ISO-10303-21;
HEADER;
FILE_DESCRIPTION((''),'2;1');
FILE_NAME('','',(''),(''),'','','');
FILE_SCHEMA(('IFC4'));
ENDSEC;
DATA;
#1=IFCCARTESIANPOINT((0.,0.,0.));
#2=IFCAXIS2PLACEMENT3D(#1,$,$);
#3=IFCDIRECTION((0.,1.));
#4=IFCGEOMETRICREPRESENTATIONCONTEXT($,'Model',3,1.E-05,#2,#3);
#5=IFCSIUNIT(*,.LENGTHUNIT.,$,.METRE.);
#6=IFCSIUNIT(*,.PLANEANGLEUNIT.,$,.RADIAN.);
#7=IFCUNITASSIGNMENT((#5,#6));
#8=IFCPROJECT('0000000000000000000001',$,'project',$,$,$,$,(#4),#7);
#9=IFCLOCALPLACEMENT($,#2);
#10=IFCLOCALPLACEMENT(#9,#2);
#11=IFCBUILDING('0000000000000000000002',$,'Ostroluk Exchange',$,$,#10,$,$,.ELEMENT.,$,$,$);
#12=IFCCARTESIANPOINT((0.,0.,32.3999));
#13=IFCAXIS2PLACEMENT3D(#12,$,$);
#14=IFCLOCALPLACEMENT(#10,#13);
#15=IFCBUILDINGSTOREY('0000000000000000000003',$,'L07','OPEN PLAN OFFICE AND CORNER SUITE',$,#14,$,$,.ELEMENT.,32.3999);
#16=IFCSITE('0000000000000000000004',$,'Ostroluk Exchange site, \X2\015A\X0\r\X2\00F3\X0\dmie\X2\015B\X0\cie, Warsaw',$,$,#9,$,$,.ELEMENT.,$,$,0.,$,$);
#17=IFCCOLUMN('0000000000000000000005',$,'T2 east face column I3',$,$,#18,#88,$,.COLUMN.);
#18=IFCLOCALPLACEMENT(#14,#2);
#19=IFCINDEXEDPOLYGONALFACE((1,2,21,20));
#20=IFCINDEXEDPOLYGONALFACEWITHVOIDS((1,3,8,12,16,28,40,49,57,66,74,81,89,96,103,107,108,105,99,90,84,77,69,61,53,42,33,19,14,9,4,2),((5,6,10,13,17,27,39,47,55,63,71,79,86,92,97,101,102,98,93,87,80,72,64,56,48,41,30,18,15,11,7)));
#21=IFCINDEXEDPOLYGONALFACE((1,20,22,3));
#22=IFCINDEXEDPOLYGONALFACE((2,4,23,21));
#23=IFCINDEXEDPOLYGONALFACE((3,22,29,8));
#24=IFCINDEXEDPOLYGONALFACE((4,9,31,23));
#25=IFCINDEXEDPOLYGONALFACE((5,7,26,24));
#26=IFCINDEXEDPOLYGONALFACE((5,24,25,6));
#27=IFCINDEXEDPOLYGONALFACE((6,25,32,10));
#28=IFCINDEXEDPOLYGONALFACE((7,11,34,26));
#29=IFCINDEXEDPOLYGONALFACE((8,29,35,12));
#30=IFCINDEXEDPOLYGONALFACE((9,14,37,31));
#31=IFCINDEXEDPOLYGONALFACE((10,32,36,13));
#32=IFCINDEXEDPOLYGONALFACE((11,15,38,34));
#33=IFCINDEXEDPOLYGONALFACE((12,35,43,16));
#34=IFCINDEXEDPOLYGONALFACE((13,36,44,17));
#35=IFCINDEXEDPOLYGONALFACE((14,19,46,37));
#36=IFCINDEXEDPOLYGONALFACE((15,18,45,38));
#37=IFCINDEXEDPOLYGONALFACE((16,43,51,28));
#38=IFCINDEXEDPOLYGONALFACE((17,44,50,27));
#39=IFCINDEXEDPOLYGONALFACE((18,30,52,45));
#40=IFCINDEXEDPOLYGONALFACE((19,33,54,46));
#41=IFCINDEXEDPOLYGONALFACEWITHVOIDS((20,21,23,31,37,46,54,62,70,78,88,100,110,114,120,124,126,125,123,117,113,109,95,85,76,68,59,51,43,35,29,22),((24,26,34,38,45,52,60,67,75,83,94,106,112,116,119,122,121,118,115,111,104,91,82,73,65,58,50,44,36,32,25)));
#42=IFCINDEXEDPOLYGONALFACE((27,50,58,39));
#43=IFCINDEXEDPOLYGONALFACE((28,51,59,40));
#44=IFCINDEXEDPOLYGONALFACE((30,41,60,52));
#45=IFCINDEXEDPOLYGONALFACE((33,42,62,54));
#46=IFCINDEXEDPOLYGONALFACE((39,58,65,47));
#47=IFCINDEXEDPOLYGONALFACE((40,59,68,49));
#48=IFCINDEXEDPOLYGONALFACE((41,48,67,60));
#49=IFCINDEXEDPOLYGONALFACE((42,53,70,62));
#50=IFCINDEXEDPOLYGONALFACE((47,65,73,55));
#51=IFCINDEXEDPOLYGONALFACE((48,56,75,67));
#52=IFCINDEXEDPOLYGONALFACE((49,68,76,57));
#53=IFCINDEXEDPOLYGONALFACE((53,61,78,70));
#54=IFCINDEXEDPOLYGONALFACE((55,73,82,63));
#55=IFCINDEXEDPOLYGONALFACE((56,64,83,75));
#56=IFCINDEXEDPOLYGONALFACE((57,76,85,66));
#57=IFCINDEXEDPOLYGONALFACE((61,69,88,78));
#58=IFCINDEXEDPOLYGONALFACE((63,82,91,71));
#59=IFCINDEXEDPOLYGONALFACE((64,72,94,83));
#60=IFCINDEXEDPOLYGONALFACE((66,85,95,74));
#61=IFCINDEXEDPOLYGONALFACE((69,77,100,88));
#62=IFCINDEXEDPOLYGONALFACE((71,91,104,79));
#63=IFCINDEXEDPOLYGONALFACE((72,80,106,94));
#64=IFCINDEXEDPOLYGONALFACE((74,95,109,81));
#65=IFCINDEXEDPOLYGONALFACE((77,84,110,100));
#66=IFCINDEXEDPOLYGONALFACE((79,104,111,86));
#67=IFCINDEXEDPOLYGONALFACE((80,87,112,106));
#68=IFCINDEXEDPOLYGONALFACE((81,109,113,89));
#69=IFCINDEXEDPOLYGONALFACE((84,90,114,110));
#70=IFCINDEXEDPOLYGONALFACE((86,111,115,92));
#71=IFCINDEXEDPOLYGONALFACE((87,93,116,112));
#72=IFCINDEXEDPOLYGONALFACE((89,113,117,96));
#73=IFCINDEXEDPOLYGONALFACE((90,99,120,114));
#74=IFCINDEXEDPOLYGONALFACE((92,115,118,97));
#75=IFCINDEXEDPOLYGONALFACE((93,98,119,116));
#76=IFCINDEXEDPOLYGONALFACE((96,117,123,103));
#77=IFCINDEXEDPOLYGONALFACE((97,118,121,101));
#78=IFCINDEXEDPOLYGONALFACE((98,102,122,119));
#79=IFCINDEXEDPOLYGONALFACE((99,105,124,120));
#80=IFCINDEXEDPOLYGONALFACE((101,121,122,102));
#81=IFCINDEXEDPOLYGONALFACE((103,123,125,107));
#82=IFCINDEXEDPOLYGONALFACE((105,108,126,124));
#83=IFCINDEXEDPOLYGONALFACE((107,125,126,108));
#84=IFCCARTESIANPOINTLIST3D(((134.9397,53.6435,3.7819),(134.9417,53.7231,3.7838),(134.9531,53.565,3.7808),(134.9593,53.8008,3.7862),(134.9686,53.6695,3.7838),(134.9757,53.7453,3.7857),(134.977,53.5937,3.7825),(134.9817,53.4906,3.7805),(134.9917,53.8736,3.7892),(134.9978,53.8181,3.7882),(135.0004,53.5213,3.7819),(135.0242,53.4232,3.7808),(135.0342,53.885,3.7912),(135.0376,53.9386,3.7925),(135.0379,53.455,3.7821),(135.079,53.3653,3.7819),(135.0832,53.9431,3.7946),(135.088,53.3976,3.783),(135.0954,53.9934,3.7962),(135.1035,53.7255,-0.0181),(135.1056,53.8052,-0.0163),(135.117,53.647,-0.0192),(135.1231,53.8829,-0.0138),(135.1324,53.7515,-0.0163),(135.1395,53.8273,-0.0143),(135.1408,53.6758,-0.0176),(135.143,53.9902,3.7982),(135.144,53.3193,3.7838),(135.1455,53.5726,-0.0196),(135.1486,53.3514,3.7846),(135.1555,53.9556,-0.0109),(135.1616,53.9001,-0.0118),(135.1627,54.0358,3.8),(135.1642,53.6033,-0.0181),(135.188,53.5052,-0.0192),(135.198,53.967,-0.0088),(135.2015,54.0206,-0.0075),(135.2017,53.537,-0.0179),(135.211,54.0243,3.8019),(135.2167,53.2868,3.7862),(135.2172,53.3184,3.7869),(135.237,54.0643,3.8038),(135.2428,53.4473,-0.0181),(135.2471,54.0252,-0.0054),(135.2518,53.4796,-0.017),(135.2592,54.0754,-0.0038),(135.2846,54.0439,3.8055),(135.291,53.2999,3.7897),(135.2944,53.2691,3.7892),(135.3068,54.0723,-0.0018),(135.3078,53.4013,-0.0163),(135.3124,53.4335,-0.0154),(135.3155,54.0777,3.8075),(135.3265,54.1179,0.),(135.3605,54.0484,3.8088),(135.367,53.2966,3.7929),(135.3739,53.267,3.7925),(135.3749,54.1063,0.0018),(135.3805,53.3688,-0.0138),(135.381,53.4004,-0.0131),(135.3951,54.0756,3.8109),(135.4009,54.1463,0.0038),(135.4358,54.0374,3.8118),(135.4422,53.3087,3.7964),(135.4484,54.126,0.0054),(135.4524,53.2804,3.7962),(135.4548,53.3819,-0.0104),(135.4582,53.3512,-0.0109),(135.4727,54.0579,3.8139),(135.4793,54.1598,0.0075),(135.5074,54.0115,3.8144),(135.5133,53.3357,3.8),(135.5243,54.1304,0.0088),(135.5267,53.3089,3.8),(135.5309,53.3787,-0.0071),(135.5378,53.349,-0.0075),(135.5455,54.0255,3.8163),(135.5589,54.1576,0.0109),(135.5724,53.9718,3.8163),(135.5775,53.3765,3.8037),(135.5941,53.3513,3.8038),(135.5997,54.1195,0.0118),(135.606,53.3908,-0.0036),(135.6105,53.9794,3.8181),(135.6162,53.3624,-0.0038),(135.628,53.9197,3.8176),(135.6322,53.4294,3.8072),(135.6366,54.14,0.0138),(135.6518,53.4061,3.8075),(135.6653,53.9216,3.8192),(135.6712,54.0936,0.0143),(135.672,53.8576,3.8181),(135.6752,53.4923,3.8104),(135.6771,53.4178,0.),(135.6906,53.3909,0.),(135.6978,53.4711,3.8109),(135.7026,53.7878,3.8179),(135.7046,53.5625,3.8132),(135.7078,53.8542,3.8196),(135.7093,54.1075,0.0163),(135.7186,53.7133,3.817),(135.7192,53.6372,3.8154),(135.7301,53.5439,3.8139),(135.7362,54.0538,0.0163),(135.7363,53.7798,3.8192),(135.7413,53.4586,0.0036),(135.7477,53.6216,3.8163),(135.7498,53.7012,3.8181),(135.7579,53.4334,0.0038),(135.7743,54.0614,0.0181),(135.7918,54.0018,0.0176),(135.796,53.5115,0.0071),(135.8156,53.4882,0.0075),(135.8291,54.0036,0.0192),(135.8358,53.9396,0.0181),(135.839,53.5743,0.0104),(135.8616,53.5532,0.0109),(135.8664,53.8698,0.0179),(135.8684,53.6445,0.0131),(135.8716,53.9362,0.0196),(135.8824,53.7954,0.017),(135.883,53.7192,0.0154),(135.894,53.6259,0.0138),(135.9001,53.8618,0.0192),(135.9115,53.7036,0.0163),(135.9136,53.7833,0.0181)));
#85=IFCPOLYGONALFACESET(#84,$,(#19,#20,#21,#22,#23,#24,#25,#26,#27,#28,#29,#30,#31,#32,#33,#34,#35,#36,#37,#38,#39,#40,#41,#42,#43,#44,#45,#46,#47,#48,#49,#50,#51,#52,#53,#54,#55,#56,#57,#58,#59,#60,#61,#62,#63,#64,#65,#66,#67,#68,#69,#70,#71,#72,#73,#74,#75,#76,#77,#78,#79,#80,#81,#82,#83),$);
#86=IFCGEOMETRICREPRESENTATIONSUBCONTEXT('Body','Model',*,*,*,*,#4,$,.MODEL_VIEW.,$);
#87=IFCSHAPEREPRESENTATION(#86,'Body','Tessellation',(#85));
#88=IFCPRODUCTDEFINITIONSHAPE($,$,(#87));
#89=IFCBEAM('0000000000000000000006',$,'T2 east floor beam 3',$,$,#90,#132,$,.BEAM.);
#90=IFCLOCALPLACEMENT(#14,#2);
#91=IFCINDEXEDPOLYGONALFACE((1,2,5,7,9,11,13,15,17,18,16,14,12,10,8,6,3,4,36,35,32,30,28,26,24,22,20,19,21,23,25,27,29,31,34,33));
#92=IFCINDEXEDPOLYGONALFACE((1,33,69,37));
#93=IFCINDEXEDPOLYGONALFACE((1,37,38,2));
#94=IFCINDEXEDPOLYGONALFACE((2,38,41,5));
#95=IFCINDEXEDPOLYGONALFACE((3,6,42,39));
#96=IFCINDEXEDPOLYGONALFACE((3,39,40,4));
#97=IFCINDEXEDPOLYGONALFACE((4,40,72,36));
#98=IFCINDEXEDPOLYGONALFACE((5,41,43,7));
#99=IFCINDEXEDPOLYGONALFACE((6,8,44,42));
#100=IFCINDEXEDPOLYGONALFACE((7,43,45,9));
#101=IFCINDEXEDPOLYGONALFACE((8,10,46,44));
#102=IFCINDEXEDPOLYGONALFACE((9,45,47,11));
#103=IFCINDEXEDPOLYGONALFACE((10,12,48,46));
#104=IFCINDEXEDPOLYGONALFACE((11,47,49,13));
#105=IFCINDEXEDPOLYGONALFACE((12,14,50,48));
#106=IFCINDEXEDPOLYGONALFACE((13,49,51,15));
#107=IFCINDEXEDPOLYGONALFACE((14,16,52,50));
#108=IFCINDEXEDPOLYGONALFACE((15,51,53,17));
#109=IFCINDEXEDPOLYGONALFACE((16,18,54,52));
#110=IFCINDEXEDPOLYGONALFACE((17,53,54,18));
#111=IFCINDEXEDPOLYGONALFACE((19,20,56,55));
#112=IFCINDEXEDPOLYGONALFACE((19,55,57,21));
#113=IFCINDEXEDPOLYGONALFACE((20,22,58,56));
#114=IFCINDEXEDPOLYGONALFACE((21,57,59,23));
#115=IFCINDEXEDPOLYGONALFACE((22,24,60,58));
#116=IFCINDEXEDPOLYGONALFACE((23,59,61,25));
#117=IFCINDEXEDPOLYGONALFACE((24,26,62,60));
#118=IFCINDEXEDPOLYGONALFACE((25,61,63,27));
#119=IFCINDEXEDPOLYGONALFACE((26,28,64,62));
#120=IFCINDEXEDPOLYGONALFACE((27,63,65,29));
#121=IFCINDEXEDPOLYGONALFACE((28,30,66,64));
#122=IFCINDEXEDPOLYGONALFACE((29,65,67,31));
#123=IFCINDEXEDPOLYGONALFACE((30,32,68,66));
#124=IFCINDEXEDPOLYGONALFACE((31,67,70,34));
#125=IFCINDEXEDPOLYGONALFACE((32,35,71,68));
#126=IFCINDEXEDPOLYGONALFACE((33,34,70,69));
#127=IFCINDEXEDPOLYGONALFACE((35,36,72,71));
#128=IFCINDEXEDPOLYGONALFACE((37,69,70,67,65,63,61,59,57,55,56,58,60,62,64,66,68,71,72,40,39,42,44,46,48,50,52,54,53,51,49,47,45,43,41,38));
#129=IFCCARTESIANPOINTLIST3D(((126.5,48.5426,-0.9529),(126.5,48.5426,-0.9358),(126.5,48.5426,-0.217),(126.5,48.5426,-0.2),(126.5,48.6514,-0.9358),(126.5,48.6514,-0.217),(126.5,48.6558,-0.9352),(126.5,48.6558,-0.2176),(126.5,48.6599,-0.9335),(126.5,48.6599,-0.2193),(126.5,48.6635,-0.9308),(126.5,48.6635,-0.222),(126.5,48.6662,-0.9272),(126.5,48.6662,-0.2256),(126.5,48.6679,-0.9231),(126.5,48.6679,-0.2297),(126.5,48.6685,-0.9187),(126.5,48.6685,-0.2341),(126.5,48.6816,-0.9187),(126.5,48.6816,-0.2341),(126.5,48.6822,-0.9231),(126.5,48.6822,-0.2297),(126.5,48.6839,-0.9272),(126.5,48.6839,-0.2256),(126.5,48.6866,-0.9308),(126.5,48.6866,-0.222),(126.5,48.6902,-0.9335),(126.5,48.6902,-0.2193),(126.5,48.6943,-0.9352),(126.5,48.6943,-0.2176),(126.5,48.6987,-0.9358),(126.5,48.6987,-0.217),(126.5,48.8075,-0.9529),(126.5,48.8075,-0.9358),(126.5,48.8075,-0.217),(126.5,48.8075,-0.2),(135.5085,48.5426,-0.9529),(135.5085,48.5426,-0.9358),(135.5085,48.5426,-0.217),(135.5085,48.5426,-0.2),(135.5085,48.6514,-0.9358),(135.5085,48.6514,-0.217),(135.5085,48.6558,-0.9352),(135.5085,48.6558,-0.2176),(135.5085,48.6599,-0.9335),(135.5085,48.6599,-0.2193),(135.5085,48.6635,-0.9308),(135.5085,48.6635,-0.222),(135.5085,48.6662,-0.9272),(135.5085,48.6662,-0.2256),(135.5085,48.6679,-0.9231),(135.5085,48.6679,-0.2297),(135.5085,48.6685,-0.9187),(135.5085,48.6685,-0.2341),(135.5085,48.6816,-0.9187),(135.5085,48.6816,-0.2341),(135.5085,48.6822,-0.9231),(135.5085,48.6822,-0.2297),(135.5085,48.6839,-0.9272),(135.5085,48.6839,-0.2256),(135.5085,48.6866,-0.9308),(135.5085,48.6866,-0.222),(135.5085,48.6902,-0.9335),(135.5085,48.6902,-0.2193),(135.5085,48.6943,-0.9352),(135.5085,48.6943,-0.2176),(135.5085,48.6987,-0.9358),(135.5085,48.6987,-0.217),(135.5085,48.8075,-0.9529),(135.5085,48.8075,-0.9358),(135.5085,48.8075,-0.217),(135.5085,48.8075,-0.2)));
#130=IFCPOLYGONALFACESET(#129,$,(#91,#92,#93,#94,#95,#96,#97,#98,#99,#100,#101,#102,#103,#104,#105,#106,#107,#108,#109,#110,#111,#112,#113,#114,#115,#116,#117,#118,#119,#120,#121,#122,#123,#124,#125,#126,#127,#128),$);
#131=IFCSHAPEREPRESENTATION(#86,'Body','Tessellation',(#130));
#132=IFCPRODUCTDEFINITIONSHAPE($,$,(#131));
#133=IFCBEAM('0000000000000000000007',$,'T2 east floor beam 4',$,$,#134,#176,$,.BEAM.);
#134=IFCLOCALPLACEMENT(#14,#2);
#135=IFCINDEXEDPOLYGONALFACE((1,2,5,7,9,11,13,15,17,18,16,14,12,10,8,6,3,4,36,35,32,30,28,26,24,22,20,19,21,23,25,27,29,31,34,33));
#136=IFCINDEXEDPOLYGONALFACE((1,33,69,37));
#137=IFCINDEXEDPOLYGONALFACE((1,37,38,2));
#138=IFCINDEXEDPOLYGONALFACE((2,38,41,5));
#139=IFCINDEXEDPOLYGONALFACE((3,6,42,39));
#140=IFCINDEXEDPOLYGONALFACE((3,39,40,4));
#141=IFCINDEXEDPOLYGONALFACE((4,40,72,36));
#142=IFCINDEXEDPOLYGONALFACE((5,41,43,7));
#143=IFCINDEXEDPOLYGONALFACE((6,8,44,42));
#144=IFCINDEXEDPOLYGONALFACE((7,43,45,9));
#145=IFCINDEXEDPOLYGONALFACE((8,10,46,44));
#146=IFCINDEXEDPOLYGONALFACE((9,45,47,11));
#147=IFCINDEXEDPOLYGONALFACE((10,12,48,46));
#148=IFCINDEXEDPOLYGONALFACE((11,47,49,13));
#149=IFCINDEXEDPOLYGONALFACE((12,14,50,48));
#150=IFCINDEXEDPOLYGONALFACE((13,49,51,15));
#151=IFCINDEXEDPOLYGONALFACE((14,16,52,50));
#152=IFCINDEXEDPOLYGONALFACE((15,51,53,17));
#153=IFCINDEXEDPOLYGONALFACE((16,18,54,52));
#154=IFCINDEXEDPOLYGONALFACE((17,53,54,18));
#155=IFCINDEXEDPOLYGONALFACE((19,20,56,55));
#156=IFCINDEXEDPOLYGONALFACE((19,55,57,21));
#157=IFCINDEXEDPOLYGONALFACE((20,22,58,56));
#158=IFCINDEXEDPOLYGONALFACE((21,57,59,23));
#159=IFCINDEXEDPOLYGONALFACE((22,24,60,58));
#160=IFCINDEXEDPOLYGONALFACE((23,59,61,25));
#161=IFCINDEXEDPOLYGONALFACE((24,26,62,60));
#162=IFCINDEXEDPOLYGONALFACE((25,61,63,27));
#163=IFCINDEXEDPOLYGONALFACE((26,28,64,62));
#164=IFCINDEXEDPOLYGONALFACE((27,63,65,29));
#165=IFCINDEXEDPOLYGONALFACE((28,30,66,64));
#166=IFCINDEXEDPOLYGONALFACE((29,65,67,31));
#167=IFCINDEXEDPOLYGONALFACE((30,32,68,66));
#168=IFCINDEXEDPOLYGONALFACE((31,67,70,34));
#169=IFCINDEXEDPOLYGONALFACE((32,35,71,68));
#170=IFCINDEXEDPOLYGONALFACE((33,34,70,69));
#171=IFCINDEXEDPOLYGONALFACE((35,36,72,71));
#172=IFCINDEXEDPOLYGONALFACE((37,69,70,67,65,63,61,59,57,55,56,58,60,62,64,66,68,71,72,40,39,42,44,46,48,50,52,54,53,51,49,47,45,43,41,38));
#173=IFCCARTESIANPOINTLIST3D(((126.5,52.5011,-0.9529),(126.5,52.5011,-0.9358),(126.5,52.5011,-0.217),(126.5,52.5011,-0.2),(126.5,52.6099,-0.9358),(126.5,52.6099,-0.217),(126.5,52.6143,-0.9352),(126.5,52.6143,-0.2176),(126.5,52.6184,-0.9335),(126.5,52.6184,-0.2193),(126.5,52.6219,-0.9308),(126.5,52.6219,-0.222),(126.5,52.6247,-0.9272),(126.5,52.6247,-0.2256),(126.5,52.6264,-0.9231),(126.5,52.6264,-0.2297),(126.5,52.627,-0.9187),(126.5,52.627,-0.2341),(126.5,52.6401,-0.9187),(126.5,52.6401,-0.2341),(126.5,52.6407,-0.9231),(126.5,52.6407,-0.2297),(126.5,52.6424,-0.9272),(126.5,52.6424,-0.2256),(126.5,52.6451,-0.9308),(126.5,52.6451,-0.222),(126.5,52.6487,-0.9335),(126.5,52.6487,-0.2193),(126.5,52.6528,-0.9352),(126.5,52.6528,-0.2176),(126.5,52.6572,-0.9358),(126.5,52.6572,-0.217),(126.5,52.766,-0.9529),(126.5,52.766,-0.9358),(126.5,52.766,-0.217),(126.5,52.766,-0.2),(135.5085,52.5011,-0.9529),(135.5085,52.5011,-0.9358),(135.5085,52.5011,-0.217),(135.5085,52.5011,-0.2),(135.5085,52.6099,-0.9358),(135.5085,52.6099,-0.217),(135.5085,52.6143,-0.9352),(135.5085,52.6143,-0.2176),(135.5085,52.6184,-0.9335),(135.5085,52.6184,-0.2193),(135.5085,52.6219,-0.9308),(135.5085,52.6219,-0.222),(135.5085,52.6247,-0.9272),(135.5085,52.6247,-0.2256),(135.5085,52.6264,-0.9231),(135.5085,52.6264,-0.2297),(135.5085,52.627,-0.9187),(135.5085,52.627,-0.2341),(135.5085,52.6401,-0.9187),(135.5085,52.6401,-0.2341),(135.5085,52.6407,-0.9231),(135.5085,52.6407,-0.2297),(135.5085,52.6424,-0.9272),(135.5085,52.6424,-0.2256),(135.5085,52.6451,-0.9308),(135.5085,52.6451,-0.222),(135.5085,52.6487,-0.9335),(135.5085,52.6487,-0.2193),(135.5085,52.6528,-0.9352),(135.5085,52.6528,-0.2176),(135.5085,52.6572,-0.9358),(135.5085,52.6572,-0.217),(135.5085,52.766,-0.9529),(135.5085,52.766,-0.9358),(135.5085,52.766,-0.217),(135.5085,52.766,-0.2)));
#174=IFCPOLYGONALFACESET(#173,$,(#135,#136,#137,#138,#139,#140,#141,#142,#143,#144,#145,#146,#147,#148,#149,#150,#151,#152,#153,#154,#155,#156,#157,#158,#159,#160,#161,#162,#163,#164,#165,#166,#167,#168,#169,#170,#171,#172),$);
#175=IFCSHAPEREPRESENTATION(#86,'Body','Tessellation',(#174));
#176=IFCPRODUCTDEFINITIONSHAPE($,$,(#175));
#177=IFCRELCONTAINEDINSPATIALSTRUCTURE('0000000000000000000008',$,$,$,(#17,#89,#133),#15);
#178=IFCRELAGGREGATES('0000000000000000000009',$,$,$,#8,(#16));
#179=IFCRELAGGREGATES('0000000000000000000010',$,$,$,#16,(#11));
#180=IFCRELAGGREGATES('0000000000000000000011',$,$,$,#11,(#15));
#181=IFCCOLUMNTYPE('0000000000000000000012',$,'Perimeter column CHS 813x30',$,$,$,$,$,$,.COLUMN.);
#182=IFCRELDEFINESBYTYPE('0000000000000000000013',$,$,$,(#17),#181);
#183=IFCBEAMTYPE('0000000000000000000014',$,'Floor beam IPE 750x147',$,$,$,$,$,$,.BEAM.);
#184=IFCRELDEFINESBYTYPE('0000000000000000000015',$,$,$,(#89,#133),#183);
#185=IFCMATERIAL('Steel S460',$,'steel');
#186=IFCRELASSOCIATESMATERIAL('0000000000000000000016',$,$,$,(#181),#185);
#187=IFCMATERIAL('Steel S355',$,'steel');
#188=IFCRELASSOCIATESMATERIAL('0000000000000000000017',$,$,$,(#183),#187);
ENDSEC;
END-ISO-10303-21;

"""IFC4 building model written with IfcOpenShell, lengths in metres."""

from ifc_helpers import new_model, si_unit, direction, frame, origin, origin_2d, place, context, subcontext, project, spatial, hollow_circle, i_section, extrude, material, material_profile, profile_set, type_object, element, save


model = new_model("IFC4")

# Units and contexts
model_context = context("Model", 3, precision=1e-05, world=origin(), true_north=direction((0.0, 1.0)))
body_context = subcontext(model_context, "Body", "Model", "MODEL_VIEW")
ifc_project = project(units=[si_unit("LENGTHUNIT", "METRE"), si_unit("PLANEANGLEUNIT", "RADIAN")], contexts=[model_context])

# Site, building, storey
site_placement = place(None, origin())
site = spatial("IfcSite", under=ifc_project, at=site_placement, Name="Ostroluk Exchange site, Śródmieście, Warsaw", CompositionType="ELEMENT", RefElevation=0.0)
building_placement = place(site_placement, origin())
building = spatial("IfcBuilding", under=site, at=building_placement, Name="Ostroluk Exchange", CompositionType="ELEMENT")
storey_placement = place(building_placement, frame((0.0, 0.0, 32.3999)))
storey = spatial("IfcBuildingStorey", under=building, at=storey_placement, Name="L07", Description="OPEN PLAN OFFICE AND CORNER SUITE", CompositionType="ELEMENT", Elevation=32.3999)

# Column
ifc_material_1 = material(Name="Steel S460", Category="steel")
ifc_material_profile_1 = material_profile(ifc_material_1, hollow_circle(Radius=0.4065, WallThickness=0.03, at=origin_2d()), Name="CHS 813x30")
ifc_profile_set_1 = profile_set([ifc_material_profile_1], Name="Steel S460")
column_type = type_object("IfcColumnType", Name="Perimeter column CHS 813x30", PredefinedType="COLUMN", material=ifc_profile_set_1)
column_placement = place(storey_placement, frame((135.5085, 53.7544, 0.0), z_axis=(-0.04306, -0.021562, 0.99884), x_axis=(0.447747, -0.894161, 0.0)))
element("IfcColumn", 1, at=column_placement, inside=storey, type_object=column_type, Name="T2 east face column I3", PredefinedType="COLUMN", context=body_context, shape_type="SweptSolid", body=[
    extrude(hollow_circle(Radius=0.4065, WallThickness=0.03, at=origin_2d()), origin(), (0.0, 0.0, 1.0), 3.8044),
])

# Beams
ifc_material_2 = material(Name="Steel S355", Category="steel")
ifc_material_profile_2 = material_profile(ifc_material_2, i_section(OverallWidth=0.2649, OverallDepth=0.7529, WebThickness=0.0132, FlangeThickness=0.0171, FilletRadius=0.0171, at=origin_2d()), Name="IPE 750x147")
ifc_profile_set_2 = profile_set([ifc_material_profile_2], Name="Steel S355")
beam_type_1 = type_object("IfcBeamType", Name="Floor beam IPE 750x147", PredefinedType="BEAM", material=ifc_profile_set_2)
for number, where, z_axis, x_axis, name in (
    (2, (126.5, 48.675, -0.5764), (1.0, 0.0, 0.0), (0.0, 1.0, 0.0), "T2 east floor beam 3"),
    (3, (126.5, 52.6335, -0.5764), (1.0, 0.0, 0.0), (0.0, 1.0, 0.0), "T2 east floor beam 4"),
):
    element("IfcBeam", number, at=place(storey_placement, frame(where, z_axis=z_axis, x_axis=x_axis)), inside=storey, type_object=beam_type_1, Name=name, PredefinedType="BEAM", context=body_context, shape_type="SweptSolid", body=[
        extrude(i_section(OverallWidth=0.2649, OverallDepth=0.7529, WebThickness=0.0132, FlangeThickness=0.0171, FilletRadius=0.0171, at=origin_2d()), origin(), (0.0, 0.0, 1.0), 9.0085),
    ])

save(model, "model.ifc")
